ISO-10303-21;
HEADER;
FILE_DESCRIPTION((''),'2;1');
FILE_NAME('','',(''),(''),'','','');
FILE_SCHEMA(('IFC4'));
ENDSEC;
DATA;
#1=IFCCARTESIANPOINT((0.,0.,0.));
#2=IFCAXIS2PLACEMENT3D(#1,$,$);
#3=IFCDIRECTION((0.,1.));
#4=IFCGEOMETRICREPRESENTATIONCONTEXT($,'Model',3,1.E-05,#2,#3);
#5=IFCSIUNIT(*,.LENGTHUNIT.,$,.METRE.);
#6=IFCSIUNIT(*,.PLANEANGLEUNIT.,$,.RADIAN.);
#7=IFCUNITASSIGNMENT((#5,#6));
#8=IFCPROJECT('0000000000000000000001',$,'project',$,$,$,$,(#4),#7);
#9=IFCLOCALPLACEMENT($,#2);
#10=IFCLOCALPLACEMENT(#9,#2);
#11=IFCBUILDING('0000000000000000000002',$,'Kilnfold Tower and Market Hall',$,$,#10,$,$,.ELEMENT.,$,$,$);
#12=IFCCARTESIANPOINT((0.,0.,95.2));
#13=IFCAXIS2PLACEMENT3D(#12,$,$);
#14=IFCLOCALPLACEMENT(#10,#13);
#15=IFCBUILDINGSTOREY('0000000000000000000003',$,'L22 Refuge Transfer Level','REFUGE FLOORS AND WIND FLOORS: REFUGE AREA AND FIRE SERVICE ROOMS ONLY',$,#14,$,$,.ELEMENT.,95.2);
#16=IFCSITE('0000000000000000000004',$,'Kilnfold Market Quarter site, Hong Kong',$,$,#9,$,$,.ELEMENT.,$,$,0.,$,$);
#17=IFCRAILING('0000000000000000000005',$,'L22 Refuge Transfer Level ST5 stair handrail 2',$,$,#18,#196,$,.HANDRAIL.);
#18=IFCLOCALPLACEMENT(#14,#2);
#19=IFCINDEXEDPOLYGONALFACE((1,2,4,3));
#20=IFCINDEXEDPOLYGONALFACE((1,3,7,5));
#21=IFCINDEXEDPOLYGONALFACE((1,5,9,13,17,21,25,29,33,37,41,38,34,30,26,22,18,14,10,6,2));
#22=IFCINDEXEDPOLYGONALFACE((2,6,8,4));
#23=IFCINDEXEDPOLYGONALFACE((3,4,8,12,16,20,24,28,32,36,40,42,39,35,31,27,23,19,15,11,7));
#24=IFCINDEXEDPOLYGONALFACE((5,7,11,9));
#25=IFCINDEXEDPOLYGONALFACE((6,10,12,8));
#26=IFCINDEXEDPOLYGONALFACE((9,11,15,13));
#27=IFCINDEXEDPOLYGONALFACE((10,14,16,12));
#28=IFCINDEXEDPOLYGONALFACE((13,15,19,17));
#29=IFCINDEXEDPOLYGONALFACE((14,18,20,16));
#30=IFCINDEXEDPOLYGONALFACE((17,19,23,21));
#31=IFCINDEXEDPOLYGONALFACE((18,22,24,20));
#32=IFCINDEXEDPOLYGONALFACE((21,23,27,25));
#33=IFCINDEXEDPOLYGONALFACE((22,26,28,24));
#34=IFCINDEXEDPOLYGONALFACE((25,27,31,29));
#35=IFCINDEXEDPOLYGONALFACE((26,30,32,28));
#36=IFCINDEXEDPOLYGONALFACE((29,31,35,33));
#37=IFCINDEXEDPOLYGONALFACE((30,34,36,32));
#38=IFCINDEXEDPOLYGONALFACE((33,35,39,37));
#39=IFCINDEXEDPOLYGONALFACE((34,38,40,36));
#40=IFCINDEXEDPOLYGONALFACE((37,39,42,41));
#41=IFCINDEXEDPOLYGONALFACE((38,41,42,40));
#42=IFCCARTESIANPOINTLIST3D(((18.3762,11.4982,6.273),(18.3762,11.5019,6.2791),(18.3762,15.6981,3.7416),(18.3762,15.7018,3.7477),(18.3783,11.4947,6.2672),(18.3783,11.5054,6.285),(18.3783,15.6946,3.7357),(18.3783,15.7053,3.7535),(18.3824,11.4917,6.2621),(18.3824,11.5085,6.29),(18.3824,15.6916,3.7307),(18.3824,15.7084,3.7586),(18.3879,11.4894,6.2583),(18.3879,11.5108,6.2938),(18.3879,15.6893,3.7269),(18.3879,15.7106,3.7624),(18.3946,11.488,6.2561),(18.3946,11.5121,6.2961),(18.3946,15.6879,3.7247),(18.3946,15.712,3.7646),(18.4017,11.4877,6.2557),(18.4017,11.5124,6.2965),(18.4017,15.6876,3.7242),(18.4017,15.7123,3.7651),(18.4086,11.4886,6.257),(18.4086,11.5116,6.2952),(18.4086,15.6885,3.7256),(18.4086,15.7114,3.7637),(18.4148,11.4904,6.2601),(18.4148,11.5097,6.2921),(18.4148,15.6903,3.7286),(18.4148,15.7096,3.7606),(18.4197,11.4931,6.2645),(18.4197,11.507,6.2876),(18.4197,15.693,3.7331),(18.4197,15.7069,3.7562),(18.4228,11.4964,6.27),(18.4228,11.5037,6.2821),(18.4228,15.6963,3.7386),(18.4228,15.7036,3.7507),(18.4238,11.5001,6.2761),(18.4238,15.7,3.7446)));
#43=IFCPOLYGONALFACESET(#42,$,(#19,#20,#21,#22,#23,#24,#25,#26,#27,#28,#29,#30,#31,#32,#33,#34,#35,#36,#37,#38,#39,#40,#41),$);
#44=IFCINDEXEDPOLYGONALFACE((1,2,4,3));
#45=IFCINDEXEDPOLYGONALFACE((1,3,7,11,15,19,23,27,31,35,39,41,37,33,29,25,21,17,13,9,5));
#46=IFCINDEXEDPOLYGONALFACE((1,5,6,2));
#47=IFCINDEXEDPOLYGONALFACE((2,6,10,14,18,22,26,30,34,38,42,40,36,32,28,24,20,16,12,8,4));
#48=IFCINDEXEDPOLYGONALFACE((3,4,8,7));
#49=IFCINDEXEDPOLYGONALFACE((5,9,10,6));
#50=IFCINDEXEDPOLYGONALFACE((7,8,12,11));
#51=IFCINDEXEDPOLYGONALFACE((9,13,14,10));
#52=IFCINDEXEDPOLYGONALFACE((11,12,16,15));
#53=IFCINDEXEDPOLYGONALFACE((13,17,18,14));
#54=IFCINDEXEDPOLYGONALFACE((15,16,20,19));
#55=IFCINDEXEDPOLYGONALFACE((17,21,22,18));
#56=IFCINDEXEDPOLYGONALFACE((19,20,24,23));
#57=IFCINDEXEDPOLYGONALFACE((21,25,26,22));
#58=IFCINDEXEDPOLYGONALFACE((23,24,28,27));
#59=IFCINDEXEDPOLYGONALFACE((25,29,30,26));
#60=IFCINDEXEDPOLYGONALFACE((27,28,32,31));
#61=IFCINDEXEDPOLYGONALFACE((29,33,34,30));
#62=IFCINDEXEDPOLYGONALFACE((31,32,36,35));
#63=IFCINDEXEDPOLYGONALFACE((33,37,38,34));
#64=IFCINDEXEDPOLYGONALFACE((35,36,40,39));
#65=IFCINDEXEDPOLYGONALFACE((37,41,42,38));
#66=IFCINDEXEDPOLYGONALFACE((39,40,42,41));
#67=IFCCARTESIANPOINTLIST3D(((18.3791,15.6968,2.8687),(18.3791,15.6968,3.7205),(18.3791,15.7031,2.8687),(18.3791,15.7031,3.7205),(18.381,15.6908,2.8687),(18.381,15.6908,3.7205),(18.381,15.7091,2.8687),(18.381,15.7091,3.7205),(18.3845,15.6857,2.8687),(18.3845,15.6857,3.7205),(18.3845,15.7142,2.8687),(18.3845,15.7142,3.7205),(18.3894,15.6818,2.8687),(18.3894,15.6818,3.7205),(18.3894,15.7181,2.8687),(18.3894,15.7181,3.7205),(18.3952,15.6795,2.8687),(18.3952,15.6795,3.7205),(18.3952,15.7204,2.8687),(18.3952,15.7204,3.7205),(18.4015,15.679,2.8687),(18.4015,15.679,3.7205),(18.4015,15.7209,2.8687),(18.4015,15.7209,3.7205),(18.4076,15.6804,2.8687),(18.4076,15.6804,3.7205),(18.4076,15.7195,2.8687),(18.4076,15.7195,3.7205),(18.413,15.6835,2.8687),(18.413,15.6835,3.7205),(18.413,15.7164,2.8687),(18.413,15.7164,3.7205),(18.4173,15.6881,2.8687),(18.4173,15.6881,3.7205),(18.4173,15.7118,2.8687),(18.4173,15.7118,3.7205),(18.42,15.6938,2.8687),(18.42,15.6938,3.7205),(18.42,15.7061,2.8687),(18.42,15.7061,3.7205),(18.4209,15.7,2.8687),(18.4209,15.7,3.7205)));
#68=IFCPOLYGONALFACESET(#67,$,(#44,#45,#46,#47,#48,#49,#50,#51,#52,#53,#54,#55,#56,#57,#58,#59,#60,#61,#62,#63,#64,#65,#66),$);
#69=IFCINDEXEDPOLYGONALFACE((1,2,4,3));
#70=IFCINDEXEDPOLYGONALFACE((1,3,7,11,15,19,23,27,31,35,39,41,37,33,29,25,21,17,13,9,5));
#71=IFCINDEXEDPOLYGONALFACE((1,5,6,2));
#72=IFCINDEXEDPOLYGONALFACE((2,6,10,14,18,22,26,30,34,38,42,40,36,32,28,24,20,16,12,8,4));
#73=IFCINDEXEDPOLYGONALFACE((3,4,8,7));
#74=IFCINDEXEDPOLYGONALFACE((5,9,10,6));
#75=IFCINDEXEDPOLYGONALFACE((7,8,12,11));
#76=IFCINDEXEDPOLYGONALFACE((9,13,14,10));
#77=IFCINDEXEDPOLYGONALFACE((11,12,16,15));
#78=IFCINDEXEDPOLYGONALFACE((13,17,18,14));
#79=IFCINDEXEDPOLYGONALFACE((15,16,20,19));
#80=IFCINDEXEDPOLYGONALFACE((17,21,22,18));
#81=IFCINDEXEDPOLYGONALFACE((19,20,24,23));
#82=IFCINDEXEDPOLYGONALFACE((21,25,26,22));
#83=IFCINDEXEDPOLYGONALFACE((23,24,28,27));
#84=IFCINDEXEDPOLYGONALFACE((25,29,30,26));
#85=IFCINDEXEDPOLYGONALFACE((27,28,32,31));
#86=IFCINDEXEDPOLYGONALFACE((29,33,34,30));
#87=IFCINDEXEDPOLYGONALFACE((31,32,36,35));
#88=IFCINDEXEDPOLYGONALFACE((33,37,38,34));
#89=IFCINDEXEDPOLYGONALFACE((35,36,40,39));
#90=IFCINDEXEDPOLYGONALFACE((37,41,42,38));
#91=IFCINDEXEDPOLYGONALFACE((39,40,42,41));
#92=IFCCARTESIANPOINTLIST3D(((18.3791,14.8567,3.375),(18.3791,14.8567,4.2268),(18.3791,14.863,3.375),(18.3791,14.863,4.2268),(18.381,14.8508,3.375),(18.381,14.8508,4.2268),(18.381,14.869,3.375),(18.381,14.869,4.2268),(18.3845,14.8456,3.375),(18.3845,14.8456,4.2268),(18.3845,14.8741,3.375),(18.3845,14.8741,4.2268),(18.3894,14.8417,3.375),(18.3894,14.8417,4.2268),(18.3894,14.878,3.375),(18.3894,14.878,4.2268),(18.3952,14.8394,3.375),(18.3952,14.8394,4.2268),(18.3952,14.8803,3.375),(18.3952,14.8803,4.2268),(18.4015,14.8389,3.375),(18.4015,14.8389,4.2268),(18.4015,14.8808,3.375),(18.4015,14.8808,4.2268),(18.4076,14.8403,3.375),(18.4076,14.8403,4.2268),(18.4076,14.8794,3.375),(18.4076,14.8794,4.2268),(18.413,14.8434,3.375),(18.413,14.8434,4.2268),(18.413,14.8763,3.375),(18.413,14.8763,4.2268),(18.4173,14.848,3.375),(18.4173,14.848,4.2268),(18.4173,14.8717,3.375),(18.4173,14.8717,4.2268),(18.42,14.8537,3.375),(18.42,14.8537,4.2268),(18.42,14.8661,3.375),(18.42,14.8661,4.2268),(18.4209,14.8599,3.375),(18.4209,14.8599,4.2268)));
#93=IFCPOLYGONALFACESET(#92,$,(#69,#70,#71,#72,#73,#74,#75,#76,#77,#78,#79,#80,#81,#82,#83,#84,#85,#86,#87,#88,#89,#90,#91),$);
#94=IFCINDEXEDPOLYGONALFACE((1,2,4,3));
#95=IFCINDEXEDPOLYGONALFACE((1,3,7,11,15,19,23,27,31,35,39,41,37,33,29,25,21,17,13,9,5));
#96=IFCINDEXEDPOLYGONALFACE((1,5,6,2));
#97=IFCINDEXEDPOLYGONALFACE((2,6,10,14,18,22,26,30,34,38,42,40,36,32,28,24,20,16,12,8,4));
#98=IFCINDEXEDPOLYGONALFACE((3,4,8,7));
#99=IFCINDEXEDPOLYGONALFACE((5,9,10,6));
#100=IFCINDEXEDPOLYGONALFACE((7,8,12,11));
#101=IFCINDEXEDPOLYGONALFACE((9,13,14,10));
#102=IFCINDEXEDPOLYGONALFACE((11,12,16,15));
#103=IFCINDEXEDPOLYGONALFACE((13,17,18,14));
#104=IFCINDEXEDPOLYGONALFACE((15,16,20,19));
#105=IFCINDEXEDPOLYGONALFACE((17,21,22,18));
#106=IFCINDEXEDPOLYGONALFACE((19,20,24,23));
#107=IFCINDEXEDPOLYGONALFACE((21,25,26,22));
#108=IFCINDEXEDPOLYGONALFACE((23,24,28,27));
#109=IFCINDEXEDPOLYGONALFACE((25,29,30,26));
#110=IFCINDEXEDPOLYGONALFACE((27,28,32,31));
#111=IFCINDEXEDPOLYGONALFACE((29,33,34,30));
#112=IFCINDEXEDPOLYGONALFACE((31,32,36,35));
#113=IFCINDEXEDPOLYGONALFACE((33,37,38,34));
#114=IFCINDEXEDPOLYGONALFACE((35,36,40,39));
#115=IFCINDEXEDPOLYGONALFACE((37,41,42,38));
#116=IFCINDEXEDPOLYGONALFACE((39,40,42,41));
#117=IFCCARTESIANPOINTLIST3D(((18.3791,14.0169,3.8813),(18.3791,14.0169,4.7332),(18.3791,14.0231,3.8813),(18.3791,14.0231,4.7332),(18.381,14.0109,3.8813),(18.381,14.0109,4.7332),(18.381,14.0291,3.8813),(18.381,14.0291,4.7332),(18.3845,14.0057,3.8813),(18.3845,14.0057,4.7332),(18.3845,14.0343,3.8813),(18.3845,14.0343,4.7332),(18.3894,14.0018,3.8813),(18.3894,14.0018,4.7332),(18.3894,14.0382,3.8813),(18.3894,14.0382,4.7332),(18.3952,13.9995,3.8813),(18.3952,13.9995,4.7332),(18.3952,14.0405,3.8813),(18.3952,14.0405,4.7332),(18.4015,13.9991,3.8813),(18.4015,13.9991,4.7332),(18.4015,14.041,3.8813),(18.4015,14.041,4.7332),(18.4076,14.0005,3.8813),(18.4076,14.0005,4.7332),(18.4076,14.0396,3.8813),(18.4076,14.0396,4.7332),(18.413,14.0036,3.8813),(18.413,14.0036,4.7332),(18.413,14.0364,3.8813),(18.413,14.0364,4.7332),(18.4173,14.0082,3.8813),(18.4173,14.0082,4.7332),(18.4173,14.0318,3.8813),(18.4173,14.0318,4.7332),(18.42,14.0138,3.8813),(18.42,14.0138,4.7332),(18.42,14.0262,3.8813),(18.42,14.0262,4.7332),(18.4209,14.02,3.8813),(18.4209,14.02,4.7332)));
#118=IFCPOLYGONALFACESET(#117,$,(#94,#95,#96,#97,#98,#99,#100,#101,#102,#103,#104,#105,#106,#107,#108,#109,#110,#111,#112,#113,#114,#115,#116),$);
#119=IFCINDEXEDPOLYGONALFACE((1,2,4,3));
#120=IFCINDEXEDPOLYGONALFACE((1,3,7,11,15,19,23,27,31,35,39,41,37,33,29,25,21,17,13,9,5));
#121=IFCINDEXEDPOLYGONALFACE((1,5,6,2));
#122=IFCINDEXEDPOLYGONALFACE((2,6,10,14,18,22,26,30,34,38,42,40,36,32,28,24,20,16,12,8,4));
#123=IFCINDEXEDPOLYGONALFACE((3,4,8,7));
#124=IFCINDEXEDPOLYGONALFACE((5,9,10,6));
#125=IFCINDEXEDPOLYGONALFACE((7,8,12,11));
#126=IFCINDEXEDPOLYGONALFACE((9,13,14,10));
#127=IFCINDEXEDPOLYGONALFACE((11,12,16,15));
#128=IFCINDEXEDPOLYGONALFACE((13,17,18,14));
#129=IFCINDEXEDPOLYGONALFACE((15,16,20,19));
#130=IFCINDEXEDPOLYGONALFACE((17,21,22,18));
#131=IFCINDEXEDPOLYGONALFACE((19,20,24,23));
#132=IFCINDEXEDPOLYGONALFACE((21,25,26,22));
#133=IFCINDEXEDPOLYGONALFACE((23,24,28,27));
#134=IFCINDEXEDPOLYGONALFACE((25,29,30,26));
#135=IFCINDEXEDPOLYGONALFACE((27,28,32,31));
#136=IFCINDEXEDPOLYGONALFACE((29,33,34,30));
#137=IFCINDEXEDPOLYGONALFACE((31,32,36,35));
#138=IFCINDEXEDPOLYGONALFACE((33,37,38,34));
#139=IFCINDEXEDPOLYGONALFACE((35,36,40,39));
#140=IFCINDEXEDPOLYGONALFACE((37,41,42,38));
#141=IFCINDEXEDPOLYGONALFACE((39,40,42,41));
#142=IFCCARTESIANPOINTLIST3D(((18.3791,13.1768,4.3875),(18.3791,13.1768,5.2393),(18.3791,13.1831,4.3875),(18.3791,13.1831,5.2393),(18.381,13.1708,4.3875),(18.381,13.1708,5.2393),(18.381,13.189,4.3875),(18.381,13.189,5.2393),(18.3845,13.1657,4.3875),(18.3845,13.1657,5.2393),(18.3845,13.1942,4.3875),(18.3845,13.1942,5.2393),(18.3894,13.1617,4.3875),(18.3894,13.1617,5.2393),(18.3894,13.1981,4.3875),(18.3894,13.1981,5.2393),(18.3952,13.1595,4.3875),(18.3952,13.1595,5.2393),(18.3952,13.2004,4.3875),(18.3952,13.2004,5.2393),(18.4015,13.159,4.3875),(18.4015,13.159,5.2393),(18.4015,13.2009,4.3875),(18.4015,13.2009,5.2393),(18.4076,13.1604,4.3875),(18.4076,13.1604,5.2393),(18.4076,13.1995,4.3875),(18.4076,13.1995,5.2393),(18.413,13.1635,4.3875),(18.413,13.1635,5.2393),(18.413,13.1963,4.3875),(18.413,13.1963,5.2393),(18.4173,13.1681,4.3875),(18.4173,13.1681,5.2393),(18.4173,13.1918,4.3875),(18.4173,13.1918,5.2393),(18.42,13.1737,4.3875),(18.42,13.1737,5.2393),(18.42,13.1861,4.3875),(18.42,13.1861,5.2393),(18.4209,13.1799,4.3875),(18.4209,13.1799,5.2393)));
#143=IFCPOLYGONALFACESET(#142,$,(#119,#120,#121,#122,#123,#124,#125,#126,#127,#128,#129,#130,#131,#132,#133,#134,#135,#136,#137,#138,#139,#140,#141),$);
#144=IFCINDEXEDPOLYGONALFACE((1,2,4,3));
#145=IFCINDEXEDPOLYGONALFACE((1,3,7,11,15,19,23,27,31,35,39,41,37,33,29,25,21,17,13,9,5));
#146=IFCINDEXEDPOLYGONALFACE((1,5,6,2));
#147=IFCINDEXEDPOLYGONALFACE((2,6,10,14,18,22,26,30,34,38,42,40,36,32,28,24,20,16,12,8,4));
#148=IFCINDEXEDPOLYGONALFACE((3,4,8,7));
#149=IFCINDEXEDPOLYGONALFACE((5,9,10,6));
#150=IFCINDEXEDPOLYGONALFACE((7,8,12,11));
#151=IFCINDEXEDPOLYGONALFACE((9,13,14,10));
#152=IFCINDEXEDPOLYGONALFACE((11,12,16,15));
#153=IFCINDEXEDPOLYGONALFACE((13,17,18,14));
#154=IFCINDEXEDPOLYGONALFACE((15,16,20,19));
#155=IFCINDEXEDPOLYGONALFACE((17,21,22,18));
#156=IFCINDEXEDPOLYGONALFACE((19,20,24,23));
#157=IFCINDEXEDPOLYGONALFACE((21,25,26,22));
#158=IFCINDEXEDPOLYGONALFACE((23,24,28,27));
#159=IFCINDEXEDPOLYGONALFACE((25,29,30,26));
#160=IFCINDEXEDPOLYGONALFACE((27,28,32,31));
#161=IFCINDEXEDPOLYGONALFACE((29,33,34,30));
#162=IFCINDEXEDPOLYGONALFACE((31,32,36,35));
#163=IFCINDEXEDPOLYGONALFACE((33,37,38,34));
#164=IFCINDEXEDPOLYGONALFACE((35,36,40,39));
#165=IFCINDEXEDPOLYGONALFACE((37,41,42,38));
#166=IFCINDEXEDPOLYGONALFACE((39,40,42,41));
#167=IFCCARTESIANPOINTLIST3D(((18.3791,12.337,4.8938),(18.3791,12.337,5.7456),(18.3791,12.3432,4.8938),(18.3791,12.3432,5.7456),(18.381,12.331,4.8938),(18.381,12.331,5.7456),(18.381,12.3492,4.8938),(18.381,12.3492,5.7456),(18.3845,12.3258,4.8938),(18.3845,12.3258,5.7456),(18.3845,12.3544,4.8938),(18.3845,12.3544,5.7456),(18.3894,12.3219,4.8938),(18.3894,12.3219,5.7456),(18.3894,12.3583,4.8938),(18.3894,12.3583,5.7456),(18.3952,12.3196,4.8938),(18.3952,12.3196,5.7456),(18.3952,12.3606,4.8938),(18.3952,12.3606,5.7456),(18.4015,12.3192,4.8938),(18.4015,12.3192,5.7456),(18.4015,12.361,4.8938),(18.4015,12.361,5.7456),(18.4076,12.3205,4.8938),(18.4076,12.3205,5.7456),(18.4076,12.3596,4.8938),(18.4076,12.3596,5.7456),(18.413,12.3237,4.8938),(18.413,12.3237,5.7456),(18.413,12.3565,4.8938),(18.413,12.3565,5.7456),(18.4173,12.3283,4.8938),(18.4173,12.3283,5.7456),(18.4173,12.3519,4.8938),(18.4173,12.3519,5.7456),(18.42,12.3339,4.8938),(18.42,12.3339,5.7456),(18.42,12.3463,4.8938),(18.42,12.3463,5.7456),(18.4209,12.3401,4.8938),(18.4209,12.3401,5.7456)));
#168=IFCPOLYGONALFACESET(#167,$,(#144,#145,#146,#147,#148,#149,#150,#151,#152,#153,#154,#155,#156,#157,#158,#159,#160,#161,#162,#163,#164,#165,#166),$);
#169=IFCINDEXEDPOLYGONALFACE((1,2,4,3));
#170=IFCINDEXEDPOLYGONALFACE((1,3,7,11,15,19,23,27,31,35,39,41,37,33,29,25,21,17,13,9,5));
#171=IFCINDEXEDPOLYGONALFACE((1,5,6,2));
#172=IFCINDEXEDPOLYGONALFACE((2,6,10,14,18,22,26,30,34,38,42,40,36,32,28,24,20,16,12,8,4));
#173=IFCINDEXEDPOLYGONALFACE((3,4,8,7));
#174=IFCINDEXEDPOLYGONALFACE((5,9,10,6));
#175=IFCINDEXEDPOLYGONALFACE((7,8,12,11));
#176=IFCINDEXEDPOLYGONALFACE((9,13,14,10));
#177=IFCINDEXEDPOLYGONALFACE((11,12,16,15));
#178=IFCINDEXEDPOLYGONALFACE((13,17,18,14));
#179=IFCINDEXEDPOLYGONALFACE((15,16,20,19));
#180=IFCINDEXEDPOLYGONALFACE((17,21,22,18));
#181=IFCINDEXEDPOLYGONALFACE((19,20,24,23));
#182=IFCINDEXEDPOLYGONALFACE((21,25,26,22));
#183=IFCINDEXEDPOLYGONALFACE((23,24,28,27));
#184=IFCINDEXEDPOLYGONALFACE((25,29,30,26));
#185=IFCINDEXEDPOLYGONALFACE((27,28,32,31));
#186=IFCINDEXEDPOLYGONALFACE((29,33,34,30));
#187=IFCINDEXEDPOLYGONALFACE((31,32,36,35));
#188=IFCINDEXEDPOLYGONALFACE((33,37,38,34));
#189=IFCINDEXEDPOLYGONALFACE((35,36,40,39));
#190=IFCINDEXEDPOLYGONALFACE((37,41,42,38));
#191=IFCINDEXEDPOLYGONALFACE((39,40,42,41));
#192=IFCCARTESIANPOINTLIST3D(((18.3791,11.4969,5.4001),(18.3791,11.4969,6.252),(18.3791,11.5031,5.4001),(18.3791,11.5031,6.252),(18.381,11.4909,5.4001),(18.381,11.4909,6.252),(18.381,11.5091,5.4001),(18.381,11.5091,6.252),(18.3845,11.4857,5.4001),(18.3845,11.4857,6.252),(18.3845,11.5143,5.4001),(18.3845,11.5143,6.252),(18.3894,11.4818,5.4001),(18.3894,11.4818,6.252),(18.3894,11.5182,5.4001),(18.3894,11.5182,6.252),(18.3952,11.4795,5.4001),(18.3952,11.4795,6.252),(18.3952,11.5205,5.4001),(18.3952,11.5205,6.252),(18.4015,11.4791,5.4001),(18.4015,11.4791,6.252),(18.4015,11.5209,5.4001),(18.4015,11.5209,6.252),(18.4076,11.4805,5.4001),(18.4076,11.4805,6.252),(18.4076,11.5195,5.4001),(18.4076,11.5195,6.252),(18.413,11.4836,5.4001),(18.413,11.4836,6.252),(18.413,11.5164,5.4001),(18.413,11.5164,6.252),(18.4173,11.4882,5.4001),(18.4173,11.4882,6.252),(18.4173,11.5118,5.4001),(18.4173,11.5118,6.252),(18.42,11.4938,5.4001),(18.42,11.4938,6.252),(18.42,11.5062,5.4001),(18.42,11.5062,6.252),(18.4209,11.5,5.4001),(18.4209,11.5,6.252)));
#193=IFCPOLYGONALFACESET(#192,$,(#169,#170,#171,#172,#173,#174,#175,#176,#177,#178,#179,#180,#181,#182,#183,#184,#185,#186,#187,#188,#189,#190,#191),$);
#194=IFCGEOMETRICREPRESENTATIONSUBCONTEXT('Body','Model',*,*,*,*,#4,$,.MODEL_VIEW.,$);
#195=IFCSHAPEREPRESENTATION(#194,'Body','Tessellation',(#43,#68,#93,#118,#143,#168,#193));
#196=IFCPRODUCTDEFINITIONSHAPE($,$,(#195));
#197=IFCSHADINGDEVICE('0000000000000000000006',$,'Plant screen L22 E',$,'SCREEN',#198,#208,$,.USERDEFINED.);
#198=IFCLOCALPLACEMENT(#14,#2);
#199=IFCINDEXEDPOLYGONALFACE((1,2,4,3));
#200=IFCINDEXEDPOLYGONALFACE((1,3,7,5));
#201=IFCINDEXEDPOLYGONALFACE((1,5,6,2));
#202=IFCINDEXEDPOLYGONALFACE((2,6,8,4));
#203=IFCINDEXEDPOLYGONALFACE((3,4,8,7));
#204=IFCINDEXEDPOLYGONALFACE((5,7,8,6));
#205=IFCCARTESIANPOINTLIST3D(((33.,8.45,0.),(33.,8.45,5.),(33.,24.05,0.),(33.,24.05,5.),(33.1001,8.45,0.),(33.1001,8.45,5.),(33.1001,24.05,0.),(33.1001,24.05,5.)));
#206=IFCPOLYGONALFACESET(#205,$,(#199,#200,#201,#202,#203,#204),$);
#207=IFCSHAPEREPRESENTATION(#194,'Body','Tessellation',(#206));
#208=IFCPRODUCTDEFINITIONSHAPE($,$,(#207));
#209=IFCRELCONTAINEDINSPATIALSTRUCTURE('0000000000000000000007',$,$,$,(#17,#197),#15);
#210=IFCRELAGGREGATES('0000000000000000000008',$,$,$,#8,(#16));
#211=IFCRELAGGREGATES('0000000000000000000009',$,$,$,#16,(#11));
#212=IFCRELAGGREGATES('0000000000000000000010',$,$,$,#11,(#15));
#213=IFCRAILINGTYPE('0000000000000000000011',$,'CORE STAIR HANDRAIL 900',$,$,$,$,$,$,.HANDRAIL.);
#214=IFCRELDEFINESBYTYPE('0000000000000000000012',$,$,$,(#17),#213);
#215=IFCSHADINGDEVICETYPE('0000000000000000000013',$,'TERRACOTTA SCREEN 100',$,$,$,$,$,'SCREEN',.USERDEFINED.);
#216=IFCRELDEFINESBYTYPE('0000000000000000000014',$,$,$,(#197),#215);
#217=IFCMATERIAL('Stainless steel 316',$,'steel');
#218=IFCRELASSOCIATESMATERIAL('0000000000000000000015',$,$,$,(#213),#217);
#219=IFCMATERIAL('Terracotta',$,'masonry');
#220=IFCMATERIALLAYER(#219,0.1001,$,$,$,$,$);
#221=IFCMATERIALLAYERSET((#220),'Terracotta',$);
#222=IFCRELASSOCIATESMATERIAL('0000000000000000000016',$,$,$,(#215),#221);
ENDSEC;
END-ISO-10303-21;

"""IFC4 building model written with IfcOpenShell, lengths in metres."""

from ifc_helpers import new_model, si_unit, direction, frame, origin, origin_2d, place, context, subcontext, project, spatial, rectangle, circle, extrude, source, transform, mapped, material, layer, layer_set, type_object, element, save


model = new_model("IFC4")

# Units and contexts
model_context = context("Model", 3, precision=1e-05, world=origin(), true_north=direction((0.0, 1.0)))
body_context = subcontext(model_context, "Body", "Model", "MODEL_VIEW")
ifc_project = project(units=[si_unit("LENGTHUNIT", "METRE"), si_unit("PLANEANGLEUNIT", "RADIAN")], contexts=[model_context])

# Site, building, storey
site_placement = place(None, origin())
site = spatial("IfcSite", under=ifc_project, at=site_placement, Name="Kilnfold Market Quarter site, Hong Kong", CompositionType="ELEMENT", RefElevation=0.0)
building_placement = place(site_placement, origin())
building = spatial("IfcBuilding", under=site, at=building_placement, Name="Kilnfold Tower and Market Hall", CompositionType="ELEMENT")
storey_placement = place(building_placement, frame((0.0, 0.0, 95.2)))
storey = spatial("IfcBuildingStorey", under=building, at=storey_placement, Name="L22 Refuge Transfer Level", Description="REFUGE FLOORS AND WIND FLOORS: REFUGE AREA AND FIRE SERVICE ROOMS ONLY", CompositionType="ELEMENT", Elevation=95.2)

# Railing
ifc_material_1 = material(Name="Stainless steel 316", Category="steel")
railing_type_1 = type_object("IfcRailingType", Name="CORE STAIR HANDRAIL 900", PredefinedType="HANDRAIL", material=ifc_material_1)
railing_1_placement = place(storey_placement, frame((18.3999, 15.7, 2.8687)))
element("IfcRailing", 1, at=railing_1_placement, inside=storey, type_object=railing_type_1, Name="L22 Refuge Transfer Level ST5 stair handrail 2", PredefinedType="HANDRAIL", context=body_context, shape_type="SweptSolid", body=[
    extrude(circle(Radius=0.0239, at=origin_2d()), frame((0.0, 0.0, 0.876), z_axis=(0.0, -0.856454, 0.516223), x_axis=(1.0, 0.0, 0.0)), (0.0, 0.0, 1.0), 4.9038),
    extrude(circle(Radius=0.021, at=origin_2d()), origin(), (0.0, 0.0, 1.0), 0.8518),
    extrude(circle(Radius=0.021, at=origin_2d()), frame((0.0, -0.8401, 0.5063)), (0.0, 0.0, 1.0), 0.8518),
    extrude(circle(Radius=0.021, at=origin_2d()), frame((0.0, -1.6799, 1.0127)), (0.0, 0.0, 1.0), 0.8518),
    extrude(circle(Radius=0.021, at=origin_2d()), frame((0.0, -2.52, 1.5188)), (0.0, 0.0, 1.0), 0.8518),
    extrude(circle(Radius=0.021, at=origin_2d()), frame((0.0, -3.3599, 2.0251)), (0.0, 0.0, 1.0), 0.8518),
    extrude(circle(Radius=0.021, at=origin_2d()), frame((0.0, -4.2, 2.5315)), (0.0, 0.0, 1.0), 0.8518),
])

# Shading device
ifc_material_2 = material(Name="Terracotta", Category="masonry")
ifc_layer_1 = layer(ifc_material_2, 0.1001)
ifc_layer_set_1 = layer_set([ifc_layer_1], Name="Terracotta")
shading_device_type = type_object("IfcShadingDeviceType", Name="TERRACOTTA SCREEN 100", ElementType="SCREEN", PredefinedType="USERDEFINED", material=ifc_layer_set_1)
shared_shape_1 = source(origin(), body_context, "Body", "SweptSolid", [
    extrude(rectangle(XDim=15.6001, YDim=0.1001, at=origin_2d()), origin(), (0.0, 0.0, 1.0), 5.0),
])
shading_device_placement = place(storey_placement, frame((33.05, 16.25, 0.0), z_axis=(0.0, 0.0, 1.0), x_axis=(0.0, 1.0, 0.0)))
element("IfcShadingDevice", 2, at=shading_device_placement, inside=storey, type_object=shading_device_type, Name="Plant screen L22 E", ObjectType="SCREEN", PredefinedType="USERDEFINED", context=body_context, shape_type="MappedRepresentation", body=[
    mapped(shared_shape_1, transform((0.0, 0.0, 0.0))),
])

save(model, "model.ifc")
